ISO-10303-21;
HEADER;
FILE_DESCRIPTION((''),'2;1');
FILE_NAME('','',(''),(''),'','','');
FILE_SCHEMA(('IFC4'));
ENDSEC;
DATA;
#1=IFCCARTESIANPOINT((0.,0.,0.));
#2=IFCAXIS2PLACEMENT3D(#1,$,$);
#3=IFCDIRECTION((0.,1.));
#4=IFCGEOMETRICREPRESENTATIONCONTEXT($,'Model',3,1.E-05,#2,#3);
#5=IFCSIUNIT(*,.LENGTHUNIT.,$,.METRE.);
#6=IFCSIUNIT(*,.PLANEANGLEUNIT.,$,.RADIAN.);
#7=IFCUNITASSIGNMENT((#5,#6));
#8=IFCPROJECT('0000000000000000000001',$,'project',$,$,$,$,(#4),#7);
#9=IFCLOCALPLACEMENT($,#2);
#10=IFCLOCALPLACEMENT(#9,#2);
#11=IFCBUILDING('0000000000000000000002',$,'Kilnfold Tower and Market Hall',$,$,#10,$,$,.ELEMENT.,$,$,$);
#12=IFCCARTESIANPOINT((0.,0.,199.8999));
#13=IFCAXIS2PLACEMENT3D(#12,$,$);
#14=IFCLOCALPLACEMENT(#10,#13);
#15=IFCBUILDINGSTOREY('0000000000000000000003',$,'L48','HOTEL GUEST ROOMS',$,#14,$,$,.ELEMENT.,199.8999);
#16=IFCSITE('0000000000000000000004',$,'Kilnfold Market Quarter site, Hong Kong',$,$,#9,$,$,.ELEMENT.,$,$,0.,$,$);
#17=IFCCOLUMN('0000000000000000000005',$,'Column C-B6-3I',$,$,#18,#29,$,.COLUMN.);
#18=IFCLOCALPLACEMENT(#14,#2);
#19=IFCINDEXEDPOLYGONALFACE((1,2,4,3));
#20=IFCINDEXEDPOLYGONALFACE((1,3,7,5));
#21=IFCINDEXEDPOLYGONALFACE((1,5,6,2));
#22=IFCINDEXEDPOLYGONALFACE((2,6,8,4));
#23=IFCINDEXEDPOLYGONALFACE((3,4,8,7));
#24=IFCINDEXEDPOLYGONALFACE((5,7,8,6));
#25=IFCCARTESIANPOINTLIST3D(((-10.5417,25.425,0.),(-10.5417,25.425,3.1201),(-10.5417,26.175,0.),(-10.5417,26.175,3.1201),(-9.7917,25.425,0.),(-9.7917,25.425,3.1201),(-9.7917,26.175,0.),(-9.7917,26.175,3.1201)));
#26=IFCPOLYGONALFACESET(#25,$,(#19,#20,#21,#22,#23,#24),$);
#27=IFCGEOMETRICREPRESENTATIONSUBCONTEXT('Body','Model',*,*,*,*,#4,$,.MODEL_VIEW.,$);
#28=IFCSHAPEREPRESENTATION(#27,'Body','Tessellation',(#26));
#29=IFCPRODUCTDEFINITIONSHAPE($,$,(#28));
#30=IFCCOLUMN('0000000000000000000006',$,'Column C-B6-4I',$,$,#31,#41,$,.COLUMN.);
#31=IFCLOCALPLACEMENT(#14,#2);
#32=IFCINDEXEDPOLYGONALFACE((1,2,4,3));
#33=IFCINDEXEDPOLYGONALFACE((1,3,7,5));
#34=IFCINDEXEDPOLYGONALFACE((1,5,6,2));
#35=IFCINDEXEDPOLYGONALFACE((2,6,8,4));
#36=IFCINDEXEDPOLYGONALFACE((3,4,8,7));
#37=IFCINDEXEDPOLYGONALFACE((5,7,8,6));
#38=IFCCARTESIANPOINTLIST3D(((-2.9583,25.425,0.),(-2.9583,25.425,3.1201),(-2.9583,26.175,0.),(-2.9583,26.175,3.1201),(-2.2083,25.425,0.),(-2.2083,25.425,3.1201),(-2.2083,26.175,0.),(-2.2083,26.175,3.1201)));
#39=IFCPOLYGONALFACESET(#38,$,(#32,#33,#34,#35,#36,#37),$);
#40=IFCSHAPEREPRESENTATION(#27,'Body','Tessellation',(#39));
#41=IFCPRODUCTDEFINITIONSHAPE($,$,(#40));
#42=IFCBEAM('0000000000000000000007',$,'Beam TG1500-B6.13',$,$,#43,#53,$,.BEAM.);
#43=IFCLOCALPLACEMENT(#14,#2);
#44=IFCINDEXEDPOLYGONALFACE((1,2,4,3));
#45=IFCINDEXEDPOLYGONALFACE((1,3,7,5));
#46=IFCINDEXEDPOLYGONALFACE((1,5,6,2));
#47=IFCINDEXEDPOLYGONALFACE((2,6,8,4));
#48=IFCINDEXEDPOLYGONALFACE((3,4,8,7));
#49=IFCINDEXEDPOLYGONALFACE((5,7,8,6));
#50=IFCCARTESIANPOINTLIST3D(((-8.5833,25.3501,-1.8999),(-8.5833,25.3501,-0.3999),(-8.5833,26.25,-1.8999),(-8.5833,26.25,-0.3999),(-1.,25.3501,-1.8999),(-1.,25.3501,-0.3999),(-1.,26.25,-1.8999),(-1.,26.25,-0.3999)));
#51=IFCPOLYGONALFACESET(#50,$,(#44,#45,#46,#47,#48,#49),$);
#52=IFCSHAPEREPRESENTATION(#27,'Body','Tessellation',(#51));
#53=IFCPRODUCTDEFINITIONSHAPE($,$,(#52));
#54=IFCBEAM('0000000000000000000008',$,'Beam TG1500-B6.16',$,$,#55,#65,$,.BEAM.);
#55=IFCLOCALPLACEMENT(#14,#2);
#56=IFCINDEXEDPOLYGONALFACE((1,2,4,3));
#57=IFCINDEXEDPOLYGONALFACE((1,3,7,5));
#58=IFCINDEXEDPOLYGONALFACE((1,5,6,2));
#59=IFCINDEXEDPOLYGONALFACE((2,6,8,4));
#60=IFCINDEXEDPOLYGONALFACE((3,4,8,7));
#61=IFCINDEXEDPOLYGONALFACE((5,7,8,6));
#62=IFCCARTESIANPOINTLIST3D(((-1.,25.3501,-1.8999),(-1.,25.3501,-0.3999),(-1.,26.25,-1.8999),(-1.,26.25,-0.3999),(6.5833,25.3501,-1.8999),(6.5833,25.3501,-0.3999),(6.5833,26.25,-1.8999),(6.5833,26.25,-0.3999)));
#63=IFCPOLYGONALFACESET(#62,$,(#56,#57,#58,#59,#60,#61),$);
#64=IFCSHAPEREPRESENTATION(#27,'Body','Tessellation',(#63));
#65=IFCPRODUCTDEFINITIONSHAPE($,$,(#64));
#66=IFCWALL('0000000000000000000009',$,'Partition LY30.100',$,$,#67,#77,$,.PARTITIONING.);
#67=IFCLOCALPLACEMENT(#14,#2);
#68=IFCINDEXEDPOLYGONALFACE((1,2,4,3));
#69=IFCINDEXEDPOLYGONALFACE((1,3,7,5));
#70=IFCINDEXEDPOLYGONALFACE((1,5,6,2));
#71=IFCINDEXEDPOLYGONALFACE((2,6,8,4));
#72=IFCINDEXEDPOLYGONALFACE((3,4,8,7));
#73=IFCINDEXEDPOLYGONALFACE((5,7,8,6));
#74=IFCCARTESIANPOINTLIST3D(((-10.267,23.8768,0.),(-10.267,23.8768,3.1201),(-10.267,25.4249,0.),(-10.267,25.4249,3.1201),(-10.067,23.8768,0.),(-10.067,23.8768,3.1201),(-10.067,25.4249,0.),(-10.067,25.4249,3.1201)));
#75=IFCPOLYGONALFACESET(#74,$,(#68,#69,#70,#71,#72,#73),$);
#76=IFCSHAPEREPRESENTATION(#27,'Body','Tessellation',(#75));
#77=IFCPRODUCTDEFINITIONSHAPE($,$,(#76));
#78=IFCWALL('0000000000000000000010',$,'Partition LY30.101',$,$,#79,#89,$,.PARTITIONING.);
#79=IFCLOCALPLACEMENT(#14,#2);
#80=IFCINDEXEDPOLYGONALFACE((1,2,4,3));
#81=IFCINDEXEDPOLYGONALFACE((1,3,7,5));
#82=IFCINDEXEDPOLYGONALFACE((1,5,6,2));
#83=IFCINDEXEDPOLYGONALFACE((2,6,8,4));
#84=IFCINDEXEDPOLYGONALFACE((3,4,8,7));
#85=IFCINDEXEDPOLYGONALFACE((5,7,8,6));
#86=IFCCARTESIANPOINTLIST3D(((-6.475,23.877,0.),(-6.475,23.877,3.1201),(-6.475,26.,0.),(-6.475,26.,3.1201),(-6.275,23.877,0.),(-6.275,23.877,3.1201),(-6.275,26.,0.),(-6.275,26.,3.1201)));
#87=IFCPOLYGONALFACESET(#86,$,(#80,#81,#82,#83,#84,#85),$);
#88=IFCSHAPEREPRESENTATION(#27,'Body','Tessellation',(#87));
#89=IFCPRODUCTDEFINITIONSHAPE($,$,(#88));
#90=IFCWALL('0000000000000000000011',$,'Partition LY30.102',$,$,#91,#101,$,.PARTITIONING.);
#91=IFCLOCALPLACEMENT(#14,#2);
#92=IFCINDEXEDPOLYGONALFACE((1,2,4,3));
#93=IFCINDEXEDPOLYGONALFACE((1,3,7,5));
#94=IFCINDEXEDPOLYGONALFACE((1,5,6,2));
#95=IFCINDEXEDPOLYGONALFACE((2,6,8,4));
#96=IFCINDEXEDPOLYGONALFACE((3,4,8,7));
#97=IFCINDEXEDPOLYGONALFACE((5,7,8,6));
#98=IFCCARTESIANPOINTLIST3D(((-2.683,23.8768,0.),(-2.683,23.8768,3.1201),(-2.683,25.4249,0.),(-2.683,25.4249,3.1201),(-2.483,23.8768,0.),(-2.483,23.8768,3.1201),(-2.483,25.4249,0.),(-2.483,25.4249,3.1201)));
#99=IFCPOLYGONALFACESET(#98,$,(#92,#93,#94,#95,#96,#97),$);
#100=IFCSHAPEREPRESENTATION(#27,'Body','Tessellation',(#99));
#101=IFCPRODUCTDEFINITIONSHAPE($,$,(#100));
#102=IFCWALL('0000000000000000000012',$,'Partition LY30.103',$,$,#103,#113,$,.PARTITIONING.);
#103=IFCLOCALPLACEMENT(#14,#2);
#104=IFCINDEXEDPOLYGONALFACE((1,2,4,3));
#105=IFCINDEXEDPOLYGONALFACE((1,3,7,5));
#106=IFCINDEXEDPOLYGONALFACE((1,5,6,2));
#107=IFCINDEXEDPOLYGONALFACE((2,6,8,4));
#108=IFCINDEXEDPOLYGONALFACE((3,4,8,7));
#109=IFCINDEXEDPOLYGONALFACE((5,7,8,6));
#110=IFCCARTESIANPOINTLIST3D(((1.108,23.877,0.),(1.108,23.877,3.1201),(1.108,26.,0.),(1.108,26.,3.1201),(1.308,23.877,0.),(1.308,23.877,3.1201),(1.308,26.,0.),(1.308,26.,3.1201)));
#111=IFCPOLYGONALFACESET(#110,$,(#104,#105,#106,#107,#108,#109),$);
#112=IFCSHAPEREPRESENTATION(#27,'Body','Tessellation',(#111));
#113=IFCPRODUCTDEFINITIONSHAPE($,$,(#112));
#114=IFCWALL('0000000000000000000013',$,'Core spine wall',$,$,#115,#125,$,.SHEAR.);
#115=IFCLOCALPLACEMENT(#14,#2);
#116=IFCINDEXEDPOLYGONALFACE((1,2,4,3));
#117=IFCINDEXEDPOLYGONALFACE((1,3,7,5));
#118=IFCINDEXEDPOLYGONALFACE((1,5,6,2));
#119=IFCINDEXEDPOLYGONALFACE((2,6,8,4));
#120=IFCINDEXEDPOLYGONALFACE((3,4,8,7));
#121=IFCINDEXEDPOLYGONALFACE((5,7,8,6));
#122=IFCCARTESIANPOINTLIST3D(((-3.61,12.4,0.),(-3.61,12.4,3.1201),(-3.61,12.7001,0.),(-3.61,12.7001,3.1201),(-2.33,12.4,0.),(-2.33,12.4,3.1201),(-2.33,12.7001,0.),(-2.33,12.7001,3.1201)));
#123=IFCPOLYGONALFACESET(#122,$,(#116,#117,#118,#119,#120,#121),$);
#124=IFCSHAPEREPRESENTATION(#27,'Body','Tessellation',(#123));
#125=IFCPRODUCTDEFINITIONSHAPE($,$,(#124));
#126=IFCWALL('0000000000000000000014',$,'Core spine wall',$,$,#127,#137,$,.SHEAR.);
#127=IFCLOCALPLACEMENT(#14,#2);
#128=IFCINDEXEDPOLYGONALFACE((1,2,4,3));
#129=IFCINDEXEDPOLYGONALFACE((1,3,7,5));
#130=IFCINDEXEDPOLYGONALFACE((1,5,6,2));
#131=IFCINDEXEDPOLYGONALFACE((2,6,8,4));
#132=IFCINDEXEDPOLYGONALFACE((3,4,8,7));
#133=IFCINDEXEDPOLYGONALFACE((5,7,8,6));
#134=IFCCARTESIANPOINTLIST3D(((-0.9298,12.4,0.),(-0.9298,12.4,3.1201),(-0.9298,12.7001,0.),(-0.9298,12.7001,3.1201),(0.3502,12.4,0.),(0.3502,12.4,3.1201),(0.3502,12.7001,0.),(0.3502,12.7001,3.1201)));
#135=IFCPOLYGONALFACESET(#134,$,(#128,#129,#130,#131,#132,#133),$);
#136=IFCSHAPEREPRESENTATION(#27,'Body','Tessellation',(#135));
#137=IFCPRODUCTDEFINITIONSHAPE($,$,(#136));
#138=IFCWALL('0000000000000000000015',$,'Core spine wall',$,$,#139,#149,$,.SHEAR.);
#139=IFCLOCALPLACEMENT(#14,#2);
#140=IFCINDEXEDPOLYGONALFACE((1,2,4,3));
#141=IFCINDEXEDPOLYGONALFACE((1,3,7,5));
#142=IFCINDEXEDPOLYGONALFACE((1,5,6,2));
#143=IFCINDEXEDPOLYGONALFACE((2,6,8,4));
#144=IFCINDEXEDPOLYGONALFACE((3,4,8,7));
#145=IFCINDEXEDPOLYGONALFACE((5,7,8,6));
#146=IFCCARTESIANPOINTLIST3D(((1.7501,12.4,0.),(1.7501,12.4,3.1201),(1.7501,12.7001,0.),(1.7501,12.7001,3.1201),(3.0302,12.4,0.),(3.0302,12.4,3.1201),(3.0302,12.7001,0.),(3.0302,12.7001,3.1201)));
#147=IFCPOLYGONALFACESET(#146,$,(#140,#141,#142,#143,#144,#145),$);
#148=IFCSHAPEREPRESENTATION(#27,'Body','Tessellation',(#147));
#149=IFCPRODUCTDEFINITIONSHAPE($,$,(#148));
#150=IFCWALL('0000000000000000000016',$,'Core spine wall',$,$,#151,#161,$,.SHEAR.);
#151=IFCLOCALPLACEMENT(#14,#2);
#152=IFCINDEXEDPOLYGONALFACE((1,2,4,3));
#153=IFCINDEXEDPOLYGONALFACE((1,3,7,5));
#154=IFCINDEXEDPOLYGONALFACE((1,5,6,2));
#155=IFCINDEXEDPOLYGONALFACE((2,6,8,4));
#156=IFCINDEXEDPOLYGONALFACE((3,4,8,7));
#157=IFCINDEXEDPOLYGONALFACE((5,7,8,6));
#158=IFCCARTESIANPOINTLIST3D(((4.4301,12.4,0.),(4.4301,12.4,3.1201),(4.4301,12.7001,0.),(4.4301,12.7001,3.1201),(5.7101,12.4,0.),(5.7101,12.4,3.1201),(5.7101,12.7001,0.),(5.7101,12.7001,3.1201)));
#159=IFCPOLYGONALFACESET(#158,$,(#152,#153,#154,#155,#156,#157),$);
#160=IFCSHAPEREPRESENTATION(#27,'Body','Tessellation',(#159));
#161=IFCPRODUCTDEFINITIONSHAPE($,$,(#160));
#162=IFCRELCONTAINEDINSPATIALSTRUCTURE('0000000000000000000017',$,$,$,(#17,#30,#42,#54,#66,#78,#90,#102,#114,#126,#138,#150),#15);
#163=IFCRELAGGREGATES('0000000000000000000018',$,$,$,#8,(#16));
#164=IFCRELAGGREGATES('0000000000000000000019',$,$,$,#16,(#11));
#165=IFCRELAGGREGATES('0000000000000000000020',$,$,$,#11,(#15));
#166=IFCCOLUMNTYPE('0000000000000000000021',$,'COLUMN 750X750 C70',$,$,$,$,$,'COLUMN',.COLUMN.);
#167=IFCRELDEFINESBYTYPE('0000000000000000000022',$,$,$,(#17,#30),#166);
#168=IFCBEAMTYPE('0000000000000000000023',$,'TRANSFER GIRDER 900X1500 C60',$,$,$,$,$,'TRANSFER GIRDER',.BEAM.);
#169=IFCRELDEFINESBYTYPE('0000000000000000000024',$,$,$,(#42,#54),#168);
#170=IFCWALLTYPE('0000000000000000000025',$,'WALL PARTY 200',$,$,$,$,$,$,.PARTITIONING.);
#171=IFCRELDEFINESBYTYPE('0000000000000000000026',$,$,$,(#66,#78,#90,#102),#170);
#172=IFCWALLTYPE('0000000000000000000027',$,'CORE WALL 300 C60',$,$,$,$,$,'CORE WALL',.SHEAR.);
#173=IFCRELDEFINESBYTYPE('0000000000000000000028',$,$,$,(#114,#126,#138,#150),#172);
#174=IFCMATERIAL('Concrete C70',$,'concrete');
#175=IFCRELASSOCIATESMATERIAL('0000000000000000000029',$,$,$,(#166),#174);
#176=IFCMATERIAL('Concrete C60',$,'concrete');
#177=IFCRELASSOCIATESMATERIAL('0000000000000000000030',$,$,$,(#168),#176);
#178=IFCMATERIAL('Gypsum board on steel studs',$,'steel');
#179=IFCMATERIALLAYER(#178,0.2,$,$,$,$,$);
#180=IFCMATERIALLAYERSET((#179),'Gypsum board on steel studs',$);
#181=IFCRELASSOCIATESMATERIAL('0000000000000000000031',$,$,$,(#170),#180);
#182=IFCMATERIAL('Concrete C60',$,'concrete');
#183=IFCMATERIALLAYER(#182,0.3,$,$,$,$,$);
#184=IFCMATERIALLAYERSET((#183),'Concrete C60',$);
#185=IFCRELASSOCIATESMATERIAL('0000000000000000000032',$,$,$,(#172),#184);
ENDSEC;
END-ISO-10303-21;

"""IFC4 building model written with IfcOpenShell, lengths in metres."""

from ifc_helpers import new_model, si_unit, direction, frame, frame_2d, origin, origin_2d, place, context, subcontext, project, spatial, rectangle, extrude, source, transform, mapped, material, layer, layer_set, material_profile, profile_set, type_object, element, save


model = new_model("IFC4")

# Units and contexts
model_context = context("Model", 3, precision=1e-05, world=origin(), true_north=direction((0.0, 1.0)))
body_context = subcontext(model_context, "Body", "Model", "MODEL_VIEW")
ifc_project = project(units=[si_unit("LENGTHUNIT", "METRE"), si_unit("PLANEANGLEUNIT", "RADIAN")], contexts=[model_context])

# Site, building, storey
site_placement = place(None, origin())
site = spatial("IfcSite", under=ifc_project, at=site_placement, Name="Kilnfold Market Quarter site, Hong Kong", CompositionType="ELEMENT", RefElevation=0.0)
building_placement = place(site_placement, origin())
building = spatial("IfcBuilding", under=site, at=building_placement, Name="Kilnfold Tower and Market Hall", CompositionType="ELEMENT")
storey_placement = place(building_placement, frame((0.0, 0.0, 199.8999)))
storey = spatial("IfcBuildingStorey", under=building, at=storey_placement, Name="L48", Description="HOTEL GUEST ROOMS", CompositionType="ELEMENT", Elevation=199.8999)

# Columns
ifc_material_1 = material(Name="Concrete C70", Category="concrete")
ifc_material_profile_1 = material_profile(ifc_material_1, rectangle(XDim=0.75, YDim=0.75, at=origin_2d()), Name="RC 750x750")
ifc_profile_set_1 = profile_set([ifc_material_profile_1], Name="Concrete C70")
column_type = type_object("IfcColumnType", Name="COLUMN 750X750 C70", ElementType="COLUMN", PredefinedType="COLUMN", material=ifc_profile_set_1)
shared_shape_1 = source(origin(), body_context, "Body", "SweptSolid", [
    extrude(rectangle(XDim=0.75, YDim=0.75, at=origin_2d()), origin(), (0.0, 0.0, 1.0), 3.1201),
])
for number, where, z_axis, x_axis, name in (
    (1, (-10.1667, 25.8, 0.0), (0.0, 0.0, 1.0), (1.0, 0.0, 0.0), "Column C-B6-3I"),
    (2, (-2.5833, 25.8, 0.0), (0.0, 0.0, 1.0), (1.0, 0.0, 0.0), "Column C-B6-4I"),
):
    element("IfcColumn", number, at=place(storey_placement, frame(where, z_axis=z_axis, x_axis=x_axis)), inside=storey, type_object=column_type, Name=name, PredefinedType="COLUMN", context=body_context, shape_type="MappedRepresentation", body=[
        mapped(shared_shape_1, transform((0.0, 0.0, 0.0))),
    ])

# Beams
ifc_material_2 = material(Name="Concrete C60", Category="concrete")
ifc_material_profile_2 = material_profile(ifc_material_2, rectangle(XDim=0.8999, YDim=1.5, at=origin_2d()), Name="RC 900x1500")
ifc_profile_set_2 = profile_set([ifc_material_profile_2], Name="Concrete C60")
beam_type = type_object("IfcBeamType", Name="TRANSFER GIRDER 900X1500 C60", ElementType="TRANSFER GIRDER", PredefinedType="BEAM", material=ifc_profile_set_2)
shared_shape_2 = source(origin(), body_context, "Body", "SweptSolid", [
    extrude(rectangle(XDim=0.8999, YDim=1.5, at=origin_2d()), origin(), (0.0, 0.0, 1.0), 7.5833),
])
for number, where, z_axis, x_axis, name in (
    (3, (-8.5833, 25.8, -1.1499), (1.0, 0.0, 0.0), (0.0, 1.0, 0.0), "Beam TG1500-B6.13"),
    (4, (-1.0, 25.8, -1.1499), (1.0, 0.0, 0.0), (0.0, 1.0, 0.0), "Beam TG1500-B6.16"),
):
    element("IfcBeam", number, at=place(storey_placement, frame(where, z_axis=z_axis, x_axis=x_axis)), inside=storey, type_object=beam_type, Name=name, PredefinedType="BEAM", context=body_context, shape_type="MappedRepresentation", body=[
        mapped(shared_shape_2, transform((0.0, 0.0, 0.0))),
    ])

# Walls
ifc_material_3 = material(Name="Gypsum board on steel studs", Category="steel")
ifc_layer_1 = layer(ifc_material_3, 0.2)
ifc_layer_set_1 = layer_set([ifc_layer_1], Name="Gypsum board on steel studs")
wall_type_1 = type_object("IfcWallType", Name="WALL PARTY 200", PredefinedType="PARTITIONING", material=ifc_layer_set_1)
wall_1_placement = place(storey_placement, frame((-10.167, 23.877, 0.0), z_axis=(0.0, 0.0, 1.0), x_axis=(0.0, 1.0, 0.0)))
element("IfcWall", 5, at=wall_1_placement, inside=storey, type_object=wall_type_1, Name="Partition LY30.100", PredefinedType="PARTITIONING", context=body_context, shape_type="SweptSolid", body=[
    extrude(rectangle(XDim=1.5481, YDim=0.2, at=frame_2d((0.7739, 0.0))), origin(), (0.0, 0.0, 1.0), 3.1201),
])
wall_2_placement = place(storey_placement, frame((-6.375, 23.877, 0.0), z_axis=(0.0, 0.0, 1.0), x_axis=(0.0, 1.0, 0.0)))
element("IfcWall", 6, at=wall_2_placement, inside=storey, type_object=wall_type_1, Name="Partition LY30.101", PredefinedType="PARTITIONING", context=body_context, shape_type="SweptSolid", body=[
    extrude(rectangle(XDim=2.123, YDim=0.2, at=frame_2d((1.0615, 0.0))), origin(), (0.0, 0.0, 1.0), 3.1201),
])
wall_3_placement = place(storey_placement, frame((-2.583, 23.877, 0.0), z_axis=(0.0, 0.0, 1.0), x_axis=(0.0, 1.0, 0.0)))
element("IfcWall", 7, at=wall_3_placement, inside=storey, type_object=wall_type_1, Name="Partition LY30.102", PredefinedType="PARTITIONING", context=body_context, shape_type="SweptSolid", body=[
    extrude(rectangle(XDim=1.5481, YDim=0.2, at=frame_2d((0.7739, 0.0))), origin(), (0.0, 0.0, 1.0), 3.1201),
])
wall_4_placement = place(storey_placement, frame((1.208, 23.877, 0.0), z_axis=(0.0, 0.0, 1.0), x_axis=(0.0, 1.0, 0.0)))
element("IfcWall", 8, at=wall_4_placement, inside=storey, type_object=wall_type_1, Name="Partition LY30.103", PredefinedType="PARTITIONING", context=body_context, shape_type="SweptSolid", body=[
    extrude(rectangle(XDim=2.123, YDim=0.2, at=frame_2d((1.0615, 0.0))), origin(), (0.0, 0.0, 1.0), 3.1201),
])
ifc_material_4 = material(Name="Concrete C60", Category="concrete")
ifc_layer_2 = layer(ifc_material_4, 0.3)
ifc_layer_set_2 = layer_set([ifc_layer_2], Name="Concrete C60")
wall_type_2 = type_object("IfcWallType", Name="CORE WALL 300 C60", ElementType="CORE WALL", PredefinedType="SHEAR", material=ifc_layer_set_2)
shared_shape_3 = source(origin(), body_context, "Body", "SweptSolid", [
    extrude(rectangle(XDim=1.28, YDim=0.3, at=frame_2d((0.6401, 0.0))), origin(), (0.0, 0.0, 1.0), 3.1201),
])
for number, where, z_axis, x_axis, name in (
    (9, (-3.6101, 12.55, 0.0), (0.0, 0.0, 1.0), (1.0, 0.0, 0.0), "Core spine wall"),
    (10, (-0.9299, 12.55, 0.0), (0.0, 0.0, 1.0), (1.0, 0.0, 0.0), "Core spine wall"),
    (11, (1.75, 12.55, 0.0), (0.0, 0.0, 1.0), (1.0, 0.0, 0.0), "Core spine wall"),
    (12, (4.4299, 12.55, 0.0), (0.0, 0.0, 1.0), (1.0, 0.0, 0.0), "Core spine wall"),
):
    element("IfcWall", number, at=place(storey_placement, frame(where, z_axis=z_axis, x_axis=x_axis)), inside=storey, type_object=wall_type_2, Name=name, PredefinedType="SHEAR", context=body_context, shape_type="MappedRepresentation", body=[
        mapped(shared_shape_3, transform((0.0, 0.0, 0.0))),
    ])

save(model, "model.ifc")
